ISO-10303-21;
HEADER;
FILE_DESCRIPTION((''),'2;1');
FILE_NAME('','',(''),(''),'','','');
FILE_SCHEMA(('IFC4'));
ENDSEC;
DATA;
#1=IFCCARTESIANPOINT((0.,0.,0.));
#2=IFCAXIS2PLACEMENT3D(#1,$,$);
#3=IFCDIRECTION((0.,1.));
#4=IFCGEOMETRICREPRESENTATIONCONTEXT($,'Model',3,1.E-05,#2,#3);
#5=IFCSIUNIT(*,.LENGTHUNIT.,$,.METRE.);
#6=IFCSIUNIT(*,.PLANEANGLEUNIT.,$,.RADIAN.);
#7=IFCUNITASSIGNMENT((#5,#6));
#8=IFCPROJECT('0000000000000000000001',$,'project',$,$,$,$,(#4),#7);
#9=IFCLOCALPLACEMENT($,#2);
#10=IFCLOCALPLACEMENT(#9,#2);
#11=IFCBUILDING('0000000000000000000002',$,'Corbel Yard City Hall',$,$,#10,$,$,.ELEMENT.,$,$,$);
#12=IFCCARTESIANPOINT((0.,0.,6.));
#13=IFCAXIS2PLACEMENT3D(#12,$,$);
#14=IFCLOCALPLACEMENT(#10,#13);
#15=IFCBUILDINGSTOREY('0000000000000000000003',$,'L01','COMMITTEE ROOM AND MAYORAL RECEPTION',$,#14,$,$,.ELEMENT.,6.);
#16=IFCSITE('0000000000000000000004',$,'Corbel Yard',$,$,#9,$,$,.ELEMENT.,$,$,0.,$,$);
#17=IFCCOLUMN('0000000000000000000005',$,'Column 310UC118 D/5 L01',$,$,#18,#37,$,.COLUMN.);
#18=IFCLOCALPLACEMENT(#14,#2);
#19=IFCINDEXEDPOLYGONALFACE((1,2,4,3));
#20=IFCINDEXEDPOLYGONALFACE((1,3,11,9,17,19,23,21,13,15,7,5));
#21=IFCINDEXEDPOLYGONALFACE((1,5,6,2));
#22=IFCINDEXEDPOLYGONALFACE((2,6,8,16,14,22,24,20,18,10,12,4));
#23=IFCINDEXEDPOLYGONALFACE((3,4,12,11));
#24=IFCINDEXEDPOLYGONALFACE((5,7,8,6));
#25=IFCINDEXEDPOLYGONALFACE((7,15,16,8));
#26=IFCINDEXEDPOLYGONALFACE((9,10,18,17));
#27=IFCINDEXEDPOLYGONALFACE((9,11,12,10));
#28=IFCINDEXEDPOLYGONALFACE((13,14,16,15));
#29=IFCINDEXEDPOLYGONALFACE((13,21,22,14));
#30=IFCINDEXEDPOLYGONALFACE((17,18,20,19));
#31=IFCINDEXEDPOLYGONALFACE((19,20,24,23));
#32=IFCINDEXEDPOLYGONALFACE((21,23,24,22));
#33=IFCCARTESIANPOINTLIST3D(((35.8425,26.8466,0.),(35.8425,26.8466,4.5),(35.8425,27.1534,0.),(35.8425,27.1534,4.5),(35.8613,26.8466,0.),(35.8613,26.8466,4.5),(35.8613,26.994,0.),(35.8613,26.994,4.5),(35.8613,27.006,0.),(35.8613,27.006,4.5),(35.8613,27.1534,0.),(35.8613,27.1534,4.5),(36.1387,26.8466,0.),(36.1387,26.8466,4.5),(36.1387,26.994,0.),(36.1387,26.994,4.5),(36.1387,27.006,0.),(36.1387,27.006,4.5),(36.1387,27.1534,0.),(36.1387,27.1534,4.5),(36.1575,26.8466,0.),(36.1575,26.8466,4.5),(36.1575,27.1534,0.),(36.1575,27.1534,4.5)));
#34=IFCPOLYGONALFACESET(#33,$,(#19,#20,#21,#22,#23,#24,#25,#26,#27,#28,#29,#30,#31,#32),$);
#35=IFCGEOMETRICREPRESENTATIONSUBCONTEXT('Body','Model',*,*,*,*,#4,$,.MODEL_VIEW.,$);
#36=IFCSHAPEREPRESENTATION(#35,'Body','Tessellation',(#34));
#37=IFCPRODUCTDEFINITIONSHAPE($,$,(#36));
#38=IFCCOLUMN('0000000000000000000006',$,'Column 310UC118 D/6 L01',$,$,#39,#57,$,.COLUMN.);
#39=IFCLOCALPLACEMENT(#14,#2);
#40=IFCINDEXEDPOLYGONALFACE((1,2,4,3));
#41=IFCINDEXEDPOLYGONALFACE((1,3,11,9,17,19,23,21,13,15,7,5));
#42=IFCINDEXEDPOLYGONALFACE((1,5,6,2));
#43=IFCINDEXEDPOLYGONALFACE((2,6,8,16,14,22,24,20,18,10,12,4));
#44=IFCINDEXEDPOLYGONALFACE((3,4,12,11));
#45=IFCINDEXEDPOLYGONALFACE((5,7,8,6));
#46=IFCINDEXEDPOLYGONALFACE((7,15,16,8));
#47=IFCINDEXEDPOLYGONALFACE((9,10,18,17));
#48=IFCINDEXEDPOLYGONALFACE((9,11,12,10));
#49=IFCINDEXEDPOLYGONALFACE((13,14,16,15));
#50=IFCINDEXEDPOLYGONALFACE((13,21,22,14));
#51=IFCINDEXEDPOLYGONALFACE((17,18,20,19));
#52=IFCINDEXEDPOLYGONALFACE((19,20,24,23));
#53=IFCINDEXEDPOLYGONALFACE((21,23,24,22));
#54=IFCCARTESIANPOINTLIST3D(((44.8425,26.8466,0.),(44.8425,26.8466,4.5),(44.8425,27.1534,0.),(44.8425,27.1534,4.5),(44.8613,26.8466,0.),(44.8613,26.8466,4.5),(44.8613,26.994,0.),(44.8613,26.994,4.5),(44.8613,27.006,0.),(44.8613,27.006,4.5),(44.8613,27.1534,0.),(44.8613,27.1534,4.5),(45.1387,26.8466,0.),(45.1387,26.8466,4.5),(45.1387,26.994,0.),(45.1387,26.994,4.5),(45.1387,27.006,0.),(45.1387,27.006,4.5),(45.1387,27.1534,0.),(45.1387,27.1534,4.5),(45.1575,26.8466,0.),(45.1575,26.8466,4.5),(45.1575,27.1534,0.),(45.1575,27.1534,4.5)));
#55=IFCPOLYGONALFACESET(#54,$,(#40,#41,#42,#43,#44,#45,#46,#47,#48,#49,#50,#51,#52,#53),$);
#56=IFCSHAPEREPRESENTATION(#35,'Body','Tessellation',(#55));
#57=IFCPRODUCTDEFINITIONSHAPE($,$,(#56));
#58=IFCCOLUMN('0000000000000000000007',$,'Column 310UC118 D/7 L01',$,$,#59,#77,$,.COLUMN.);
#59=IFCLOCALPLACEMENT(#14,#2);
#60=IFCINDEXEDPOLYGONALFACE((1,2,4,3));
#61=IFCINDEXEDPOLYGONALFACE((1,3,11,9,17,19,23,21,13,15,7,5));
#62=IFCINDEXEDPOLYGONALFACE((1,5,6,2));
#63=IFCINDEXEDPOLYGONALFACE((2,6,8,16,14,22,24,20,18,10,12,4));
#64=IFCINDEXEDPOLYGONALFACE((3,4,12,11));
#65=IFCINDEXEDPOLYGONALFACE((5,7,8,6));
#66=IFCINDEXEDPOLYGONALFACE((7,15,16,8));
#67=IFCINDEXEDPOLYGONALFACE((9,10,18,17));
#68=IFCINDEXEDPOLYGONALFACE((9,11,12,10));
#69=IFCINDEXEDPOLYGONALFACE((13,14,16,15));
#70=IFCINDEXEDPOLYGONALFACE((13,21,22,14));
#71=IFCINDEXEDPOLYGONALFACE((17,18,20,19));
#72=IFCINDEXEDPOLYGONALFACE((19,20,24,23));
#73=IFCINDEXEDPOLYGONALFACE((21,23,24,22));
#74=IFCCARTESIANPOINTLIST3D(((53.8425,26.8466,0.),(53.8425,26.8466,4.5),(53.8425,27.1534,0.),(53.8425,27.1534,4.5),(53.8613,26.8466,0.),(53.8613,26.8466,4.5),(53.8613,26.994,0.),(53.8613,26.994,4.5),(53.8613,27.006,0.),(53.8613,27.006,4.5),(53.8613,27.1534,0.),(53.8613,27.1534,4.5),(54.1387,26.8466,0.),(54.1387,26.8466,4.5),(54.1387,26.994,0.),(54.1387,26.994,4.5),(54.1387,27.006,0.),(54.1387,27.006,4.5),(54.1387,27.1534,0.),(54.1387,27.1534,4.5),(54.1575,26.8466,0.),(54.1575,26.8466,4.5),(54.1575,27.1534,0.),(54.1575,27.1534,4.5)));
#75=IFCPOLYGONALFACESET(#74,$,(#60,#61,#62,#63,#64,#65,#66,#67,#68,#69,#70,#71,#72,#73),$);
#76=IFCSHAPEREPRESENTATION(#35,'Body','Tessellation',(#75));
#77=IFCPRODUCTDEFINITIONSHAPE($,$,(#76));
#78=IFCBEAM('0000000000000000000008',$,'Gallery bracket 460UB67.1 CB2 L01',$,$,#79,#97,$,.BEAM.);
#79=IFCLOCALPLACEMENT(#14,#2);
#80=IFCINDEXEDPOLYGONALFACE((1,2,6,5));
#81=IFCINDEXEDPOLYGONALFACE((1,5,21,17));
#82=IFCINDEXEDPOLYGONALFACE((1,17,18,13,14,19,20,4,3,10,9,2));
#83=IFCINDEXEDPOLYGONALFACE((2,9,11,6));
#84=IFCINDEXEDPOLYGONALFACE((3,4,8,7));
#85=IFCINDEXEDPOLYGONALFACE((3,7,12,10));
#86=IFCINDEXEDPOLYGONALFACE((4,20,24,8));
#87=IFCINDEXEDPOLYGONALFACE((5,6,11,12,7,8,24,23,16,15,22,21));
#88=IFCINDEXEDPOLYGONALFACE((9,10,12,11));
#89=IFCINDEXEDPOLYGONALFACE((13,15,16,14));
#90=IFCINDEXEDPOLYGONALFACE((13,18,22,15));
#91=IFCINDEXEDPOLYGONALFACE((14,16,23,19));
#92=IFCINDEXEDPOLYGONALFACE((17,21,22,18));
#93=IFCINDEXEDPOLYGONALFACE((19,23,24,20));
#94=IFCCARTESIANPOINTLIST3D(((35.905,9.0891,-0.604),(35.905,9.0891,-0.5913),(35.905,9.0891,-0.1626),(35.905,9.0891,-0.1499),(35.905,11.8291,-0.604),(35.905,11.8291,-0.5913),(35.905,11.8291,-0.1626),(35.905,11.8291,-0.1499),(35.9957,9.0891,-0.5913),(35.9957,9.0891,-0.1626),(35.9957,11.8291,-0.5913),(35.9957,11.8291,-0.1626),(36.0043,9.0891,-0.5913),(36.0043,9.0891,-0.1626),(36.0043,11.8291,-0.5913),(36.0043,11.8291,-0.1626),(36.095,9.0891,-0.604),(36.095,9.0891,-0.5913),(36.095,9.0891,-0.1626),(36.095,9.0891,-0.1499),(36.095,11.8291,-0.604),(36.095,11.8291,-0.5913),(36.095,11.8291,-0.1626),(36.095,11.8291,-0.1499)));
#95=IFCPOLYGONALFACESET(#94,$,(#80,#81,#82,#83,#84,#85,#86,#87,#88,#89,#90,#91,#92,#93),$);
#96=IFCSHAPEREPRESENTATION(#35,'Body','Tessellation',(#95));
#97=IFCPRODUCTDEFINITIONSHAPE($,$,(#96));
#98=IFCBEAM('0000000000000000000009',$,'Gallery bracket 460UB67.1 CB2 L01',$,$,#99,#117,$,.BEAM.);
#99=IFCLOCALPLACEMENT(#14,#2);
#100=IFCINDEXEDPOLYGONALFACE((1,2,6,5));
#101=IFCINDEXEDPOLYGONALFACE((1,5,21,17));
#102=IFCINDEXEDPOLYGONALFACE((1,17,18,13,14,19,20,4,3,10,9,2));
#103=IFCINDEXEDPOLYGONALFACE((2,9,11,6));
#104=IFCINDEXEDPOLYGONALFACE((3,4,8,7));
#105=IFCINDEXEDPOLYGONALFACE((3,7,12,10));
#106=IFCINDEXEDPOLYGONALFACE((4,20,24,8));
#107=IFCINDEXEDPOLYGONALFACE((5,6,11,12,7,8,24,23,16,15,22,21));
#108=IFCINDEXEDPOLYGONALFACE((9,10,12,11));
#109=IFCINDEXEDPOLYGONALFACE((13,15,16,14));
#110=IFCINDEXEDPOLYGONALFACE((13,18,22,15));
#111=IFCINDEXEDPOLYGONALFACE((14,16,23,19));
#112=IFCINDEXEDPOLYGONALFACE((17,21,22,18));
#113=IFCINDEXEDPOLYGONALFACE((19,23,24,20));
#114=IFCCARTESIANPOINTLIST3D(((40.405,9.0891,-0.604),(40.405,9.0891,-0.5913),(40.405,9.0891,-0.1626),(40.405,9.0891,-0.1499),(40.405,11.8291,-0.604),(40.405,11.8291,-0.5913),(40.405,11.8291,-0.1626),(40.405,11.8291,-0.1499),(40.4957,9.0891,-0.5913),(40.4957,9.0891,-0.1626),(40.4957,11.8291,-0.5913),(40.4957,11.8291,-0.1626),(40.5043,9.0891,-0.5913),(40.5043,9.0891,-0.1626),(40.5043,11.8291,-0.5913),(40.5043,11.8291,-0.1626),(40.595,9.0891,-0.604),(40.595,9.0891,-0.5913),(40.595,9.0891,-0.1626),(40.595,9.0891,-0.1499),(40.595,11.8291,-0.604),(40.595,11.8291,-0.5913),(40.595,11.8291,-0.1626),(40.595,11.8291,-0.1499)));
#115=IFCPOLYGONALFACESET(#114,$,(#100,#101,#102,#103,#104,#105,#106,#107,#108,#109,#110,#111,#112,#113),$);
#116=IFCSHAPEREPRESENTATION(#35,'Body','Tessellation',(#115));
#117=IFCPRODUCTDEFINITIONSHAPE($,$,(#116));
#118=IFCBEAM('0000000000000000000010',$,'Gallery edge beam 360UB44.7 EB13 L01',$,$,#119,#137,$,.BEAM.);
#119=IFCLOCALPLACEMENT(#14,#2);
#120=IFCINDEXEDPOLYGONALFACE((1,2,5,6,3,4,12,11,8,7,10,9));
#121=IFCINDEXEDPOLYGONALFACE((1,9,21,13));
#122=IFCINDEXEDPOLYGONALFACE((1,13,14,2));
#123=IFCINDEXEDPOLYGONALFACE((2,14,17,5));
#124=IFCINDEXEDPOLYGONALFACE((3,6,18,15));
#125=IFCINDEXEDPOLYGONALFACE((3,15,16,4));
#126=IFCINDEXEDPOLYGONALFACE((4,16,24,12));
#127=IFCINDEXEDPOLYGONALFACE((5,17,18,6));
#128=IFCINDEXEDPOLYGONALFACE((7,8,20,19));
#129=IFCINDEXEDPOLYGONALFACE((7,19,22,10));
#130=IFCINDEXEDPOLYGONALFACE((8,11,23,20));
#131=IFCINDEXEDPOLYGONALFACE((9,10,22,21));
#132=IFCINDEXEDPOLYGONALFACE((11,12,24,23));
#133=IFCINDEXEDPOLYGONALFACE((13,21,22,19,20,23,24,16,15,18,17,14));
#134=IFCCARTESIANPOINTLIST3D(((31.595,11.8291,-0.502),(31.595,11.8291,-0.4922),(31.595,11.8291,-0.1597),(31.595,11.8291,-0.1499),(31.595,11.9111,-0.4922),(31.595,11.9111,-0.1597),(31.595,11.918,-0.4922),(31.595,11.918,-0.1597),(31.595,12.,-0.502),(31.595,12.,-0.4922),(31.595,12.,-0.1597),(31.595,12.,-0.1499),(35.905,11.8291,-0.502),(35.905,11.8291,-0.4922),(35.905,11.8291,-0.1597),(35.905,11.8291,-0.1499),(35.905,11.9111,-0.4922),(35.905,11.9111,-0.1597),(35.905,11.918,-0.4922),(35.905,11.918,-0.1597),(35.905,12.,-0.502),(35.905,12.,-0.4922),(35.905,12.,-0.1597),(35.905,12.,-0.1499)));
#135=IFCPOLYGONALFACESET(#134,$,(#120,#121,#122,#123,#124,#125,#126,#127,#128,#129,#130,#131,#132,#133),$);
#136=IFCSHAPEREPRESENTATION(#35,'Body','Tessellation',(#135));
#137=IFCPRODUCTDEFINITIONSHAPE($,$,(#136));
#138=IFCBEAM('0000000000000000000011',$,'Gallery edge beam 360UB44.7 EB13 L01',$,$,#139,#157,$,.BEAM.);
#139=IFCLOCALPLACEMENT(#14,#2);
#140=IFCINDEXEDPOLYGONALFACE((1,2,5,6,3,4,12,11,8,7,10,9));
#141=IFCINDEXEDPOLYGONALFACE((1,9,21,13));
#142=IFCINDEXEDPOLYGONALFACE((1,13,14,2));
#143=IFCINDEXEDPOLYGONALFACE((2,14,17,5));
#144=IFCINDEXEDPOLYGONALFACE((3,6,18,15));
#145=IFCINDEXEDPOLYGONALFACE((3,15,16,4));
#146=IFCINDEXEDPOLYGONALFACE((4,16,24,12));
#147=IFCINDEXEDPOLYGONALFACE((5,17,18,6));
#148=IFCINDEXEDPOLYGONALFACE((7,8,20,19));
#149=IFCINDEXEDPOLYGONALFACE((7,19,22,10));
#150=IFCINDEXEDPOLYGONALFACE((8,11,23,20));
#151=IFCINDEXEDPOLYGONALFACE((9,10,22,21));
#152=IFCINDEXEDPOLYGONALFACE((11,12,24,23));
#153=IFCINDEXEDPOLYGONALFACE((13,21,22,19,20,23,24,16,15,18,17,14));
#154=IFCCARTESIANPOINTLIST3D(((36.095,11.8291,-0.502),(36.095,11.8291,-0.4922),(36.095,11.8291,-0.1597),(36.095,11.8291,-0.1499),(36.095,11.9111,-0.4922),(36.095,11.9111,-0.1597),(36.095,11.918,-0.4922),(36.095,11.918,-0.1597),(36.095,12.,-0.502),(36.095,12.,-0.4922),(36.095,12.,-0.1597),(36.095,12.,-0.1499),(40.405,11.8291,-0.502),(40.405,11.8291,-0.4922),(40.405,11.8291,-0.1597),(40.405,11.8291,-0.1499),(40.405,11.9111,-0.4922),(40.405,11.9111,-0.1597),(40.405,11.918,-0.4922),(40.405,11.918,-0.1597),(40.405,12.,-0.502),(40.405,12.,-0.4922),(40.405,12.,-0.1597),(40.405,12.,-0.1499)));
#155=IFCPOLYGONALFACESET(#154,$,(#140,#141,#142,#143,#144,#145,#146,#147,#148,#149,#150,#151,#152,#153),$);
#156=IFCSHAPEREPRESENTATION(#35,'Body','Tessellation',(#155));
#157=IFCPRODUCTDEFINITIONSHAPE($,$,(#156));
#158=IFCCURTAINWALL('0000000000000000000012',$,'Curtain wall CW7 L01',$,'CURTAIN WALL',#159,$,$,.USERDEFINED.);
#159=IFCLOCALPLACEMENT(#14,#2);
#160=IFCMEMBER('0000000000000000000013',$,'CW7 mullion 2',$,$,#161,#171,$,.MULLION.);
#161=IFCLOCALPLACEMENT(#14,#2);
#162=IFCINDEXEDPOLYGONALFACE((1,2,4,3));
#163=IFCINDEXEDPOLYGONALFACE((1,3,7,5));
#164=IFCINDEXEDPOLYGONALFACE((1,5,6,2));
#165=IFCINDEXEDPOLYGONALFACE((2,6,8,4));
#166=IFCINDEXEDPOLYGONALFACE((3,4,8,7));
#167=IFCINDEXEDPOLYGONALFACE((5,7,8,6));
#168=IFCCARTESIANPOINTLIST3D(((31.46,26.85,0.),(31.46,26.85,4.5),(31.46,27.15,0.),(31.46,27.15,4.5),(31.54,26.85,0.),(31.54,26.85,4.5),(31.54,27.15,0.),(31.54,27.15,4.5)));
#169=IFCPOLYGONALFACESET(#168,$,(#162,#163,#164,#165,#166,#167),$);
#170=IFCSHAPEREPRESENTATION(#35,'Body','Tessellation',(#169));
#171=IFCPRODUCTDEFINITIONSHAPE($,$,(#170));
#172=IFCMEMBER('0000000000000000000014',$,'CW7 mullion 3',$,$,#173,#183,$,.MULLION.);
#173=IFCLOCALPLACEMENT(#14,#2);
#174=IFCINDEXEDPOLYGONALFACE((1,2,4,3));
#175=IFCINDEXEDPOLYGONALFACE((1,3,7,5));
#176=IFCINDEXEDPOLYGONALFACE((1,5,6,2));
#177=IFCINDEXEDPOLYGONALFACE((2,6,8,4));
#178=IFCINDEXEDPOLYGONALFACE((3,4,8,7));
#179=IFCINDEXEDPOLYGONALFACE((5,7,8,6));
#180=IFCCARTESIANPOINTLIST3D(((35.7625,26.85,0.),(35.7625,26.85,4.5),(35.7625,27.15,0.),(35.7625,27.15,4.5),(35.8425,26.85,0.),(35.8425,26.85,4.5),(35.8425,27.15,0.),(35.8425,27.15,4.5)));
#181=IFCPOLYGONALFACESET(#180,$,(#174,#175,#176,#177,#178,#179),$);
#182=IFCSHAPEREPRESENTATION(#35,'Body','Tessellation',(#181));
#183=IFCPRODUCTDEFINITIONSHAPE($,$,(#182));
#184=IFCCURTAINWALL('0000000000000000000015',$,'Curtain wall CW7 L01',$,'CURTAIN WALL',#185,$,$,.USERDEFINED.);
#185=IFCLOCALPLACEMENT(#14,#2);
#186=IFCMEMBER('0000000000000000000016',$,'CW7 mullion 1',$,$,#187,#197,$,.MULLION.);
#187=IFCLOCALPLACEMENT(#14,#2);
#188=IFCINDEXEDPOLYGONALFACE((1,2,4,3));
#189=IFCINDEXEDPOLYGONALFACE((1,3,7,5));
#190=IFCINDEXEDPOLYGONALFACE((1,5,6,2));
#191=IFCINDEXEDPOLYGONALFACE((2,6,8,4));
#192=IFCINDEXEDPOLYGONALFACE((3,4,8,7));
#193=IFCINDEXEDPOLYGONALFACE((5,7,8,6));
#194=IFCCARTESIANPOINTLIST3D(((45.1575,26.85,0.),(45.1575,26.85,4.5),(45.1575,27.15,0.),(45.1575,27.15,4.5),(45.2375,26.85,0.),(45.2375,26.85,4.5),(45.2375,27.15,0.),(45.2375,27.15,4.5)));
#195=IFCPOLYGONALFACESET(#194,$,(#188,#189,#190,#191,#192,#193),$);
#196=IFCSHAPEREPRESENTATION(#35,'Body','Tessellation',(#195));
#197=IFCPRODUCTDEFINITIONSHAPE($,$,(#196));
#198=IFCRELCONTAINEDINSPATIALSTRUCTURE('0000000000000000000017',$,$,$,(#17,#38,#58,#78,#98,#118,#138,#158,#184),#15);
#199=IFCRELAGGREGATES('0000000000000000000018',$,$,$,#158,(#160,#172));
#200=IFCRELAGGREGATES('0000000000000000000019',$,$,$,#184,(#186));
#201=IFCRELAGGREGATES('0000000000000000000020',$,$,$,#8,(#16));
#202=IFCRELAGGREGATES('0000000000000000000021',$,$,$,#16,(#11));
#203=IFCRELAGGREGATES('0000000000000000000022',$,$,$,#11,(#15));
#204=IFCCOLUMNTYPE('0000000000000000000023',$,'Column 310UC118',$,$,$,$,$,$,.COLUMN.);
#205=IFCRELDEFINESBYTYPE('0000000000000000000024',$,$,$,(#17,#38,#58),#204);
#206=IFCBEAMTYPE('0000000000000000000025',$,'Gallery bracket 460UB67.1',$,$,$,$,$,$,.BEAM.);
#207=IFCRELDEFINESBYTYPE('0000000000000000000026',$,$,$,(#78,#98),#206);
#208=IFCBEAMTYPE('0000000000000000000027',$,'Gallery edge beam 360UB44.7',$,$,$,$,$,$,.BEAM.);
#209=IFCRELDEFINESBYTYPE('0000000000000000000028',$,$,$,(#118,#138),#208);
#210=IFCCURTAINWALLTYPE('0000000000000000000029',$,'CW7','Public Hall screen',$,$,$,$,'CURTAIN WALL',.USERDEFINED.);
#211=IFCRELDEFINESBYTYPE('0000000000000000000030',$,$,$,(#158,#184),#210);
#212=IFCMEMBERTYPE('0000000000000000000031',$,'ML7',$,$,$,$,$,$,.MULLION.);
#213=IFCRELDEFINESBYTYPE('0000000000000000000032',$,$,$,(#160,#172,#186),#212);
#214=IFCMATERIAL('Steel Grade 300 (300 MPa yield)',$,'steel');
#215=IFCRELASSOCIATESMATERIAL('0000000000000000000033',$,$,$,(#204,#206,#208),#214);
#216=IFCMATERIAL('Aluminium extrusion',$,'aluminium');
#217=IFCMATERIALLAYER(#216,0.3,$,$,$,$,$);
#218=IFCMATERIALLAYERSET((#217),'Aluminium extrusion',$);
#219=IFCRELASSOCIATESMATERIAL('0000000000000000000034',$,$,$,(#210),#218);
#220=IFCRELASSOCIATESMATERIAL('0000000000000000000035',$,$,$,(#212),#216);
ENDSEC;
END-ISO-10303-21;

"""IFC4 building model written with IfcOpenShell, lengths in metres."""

from ifc_helpers import new_model, si_unit, direction, frame, origin, origin_2d, place, context, subcontext, project, spatial, rectangle, i_section, extrude, material, layer, layer_set, material_profile, profile_set, type_object, element, aggregate, save


model = new_model("IFC4")

# Units and contexts
model_context = context("Model", 3, precision=1e-05, world=origin(), true_north=direction((0.0, 1.0)))
body_context = subcontext(model_context, "Body", "Model", "MODEL_VIEW")
ifc_project = project(units=[si_unit("LENGTHUNIT", "METRE"), si_unit("PLANEANGLEUNIT", "RADIAN")], contexts=[model_context])

# Site, building, storey
site_placement = place(None, origin())
site = spatial("IfcSite", under=ifc_project, at=site_placement, Name="Corbel Yard", CompositionType="ELEMENT", RefElevation=0.0)
building_placement = place(site_placement, origin())
building = spatial("IfcBuilding", under=site, at=building_placement, Name="Corbel Yard City Hall", CompositionType="ELEMENT")
storey_placement = place(building_placement, frame((0.0, 0.0, 6.0)))
storey = spatial("IfcBuildingStorey", under=building, at=storey_placement, Name="L01", Description="COMMITTEE ROOM AND MAYORAL RECEPTION", CompositionType="ELEMENT", Elevation=6.0)

# Columns
ifc_material_1 = material(Name="Steel Grade 300 (300 MPa yield)", Category="steel")
ifc_material_profile_1 = material_profile(ifc_material_1, i_section(OverallWidth=0.3069, OverallDepth=0.3149, WebThickness=0.012, FlangeThickness=0.0188, at=origin_2d()), Name="310UC118")
ifc_profile_set_1 = profile_set([ifc_material_profile_1], Name="Steel Grade 300 (300 MPa yield)")
column_type = type_object("IfcColumnType", Name="Column 310UC118", PredefinedType="COLUMN", material=ifc_profile_set_1)
for number, where, z_axis, x_axis, name in (
    (1, (36.0, 27.0, 0.0), (0.0, 0.0, 1.0), (0.0, 1.0, 0.0), "Column 310UC118 D/5 L01"),
    (2, (45.0, 27.0, 0.0), (0.0, 0.0, 1.0), (0.0, 1.0, 0.0), "Column 310UC118 D/6 L01"),
    (3, (54.0, 27.0, 0.0), (0.0, 0.0, 1.0), (0.0, 1.0, 0.0), "Column 310UC118 D/7 L01"),
):
    element("IfcColumn", number, at=place(storey_placement, frame(where, z_axis=z_axis, x_axis=x_axis)), inside=storey, type_object=column_type, Name=name, PredefinedType="COLUMN", context=body_context, shape_type="SweptSolid", body=[
        extrude(i_section(OverallWidth=0.3069, OverallDepth=0.3149, WebThickness=0.012, FlangeThickness=0.0188, at=origin_2d()), origin(), (0.0, 0.0, 1.0), 4.5),
    ])

# Beams
ifc_material_profile_2 = material_profile(ifc_material_1, i_section(OverallWidth=0.1899, OverallDepth=0.4541, WebThickness=0.0085, FlangeThickness=0.0127, at=origin_2d()), Name="460UB67.1")
ifc_profile_set_2 = profile_set([ifc_material_profile_2], Name="Steel Grade 300 (300 MPa yield)")
beam_type_1 = type_object("IfcBeamType", Name="Gallery bracket 460UB67.1", PredefinedType="BEAM", material=ifc_profile_set_2)
for number, where, z_axis, x_axis, name in (
    (4, (36.0, 9.0891, -0.377), (0.0, 1.0, 0.0), (-1.0, 0.0, 0.0), "Gallery bracket 460UB67.1 CB2 L01"),
    (5, (40.5, 9.0891, -0.377), (0.0, 1.0, 0.0), (-1.0, 0.0, 0.0), "Gallery bracket 460UB67.1 CB2 L01"),
):
    element("IfcBeam", number, at=place(storey_placement, frame(where, z_axis=z_axis, x_axis=x_axis)), inside=storey, type_object=beam_type_1, Name=name, PredefinedType="BEAM", context=body_context, shape_type="SweptSolid", body=[
        extrude(i_section(OverallWidth=0.1899, OverallDepth=0.4541, WebThickness=0.0085, FlangeThickness=0.0127, at=origin_2d()), origin(), (0.0, 0.0, 1.0), 2.74),
    ])
ifc_material_profile_3 = material_profile(ifc_material_1, i_section(OverallWidth=0.1709, OverallDepth=0.3521, WebThickness=0.0068, FlangeThickness=0.0098, at=origin_2d()), Name="360UB44.7")
ifc_profile_set_3 = profile_set([ifc_material_profile_3], Name="Steel Grade 300 (300 MPa yield)")
beam_type_2 = type_object("IfcBeamType", Name="Gallery edge beam 360UB44.7", PredefinedType="BEAM", material=ifc_profile_set_3)
for number, where, z_axis, x_axis, name in (
    (6, (31.595, 11.9146, -0.3259), (1.0, 0.0, 0.0), (0.0, 1.0, 0.0), "Gallery edge beam 360UB44.7 EB13 L01"),
    (7, (36.095, 11.9146, -0.3259), (1.0, 0.0, 0.0), (0.0, 1.0, 0.0), "Gallery edge beam 360UB44.7 EB13 L01"),
):
    element("IfcBeam", number, at=place(storey_placement, frame(where, z_axis=z_axis, x_axis=x_axis)), inside=storey, type_object=beam_type_2, Name=name, PredefinedType="BEAM", context=body_context, shape_type="SweptSolid", body=[
        extrude(i_section(OverallWidth=0.1709, OverallDepth=0.3521, WebThickness=0.0068, FlangeThickness=0.0098, at=origin_2d()), origin(), (0.0, 0.0, 1.0), 4.3101),
    ])

# Curtain walls, members
ifc_material_2 = material(Name="Aluminium extrusion", Category="aluminium")
ifc_layer_1 = layer(ifc_material_2, 0.3)
ifc_layer_set_1 = layer_set([ifc_layer_1], Name="Aluminium extrusion")
curtain_wall_type_1 = type_object("IfcCurtainWallType", Name="CW7", Description="Public Hall screen", ElementType="CURTAIN WALL", PredefinedType="USERDEFINED", material=ifc_layer_set_1)
curtain_wall_1_placement = place(storey_placement, origin())
curtain_wall_1 = element("IfcCurtainWall", 8, at=curtain_wall_1_placement, inside=storey, type_object=curtain_wall_type_1, Name="Curtain wall CW7 L01", ObjectType="CURTAIN WALL", PredefinedType="USERDEFINED")
ifc_material_profile_4 = material_profile(ifc_material_2, rectangle(XDim=0.3, YDim=0.0801, at=origin_2d()), Name="300x80")
ifc_profile_set_4 = profile_set([ifc_material_profile_4], Name="Aluminium extrusion")
member_type_1 = type_object("IfcMemberType", Name="ML7", PredefinedType="MULLION", material=ifc_profile_set_4)
member_1_placement = place(storey_placement, frame((31.5, 27.0, 0.0), z_axis=(0.0, 0.0, 1.0), x_axis=(0.0, 1.0, 0.0)))
member_1 = element("IfcMember", 9, at=member_1_placement, type_object=member_type_1, Name="CW7 mullion 2", PredefinedType="MULLION", context=body_context, shape_type="SweptSolid", body=[
    extrude(rectangle(XDim=0.3, YDim=0.0801, at=origin_2d()), origin(), (0.0, 0.0, 1.0), 4.5),
])
member_2_placement = place(storey_placement, frame((35.8025, 27.0, 0.0), z_axis=(0.0, 0.0, 1.0), x_axis=(0.0, 1.0, 0.0)))
member_2 = element("IfcMember", 10, at=member_2_placement, type_object=member_type_1, Name="CW7 mullion 3", PredefinedType="MULLION", context=body_context, shape_type="SweptSolid", body=[
    extrude(rectangle(XDim=0.3, YDim=0.0801, at=origin_2d()), origin(), (0.0, 0.0, 1.0), 4.5),
])
curtain_wall_2_placement = place(storey_placement, origin())
curtain_wall_2 = element("IfcCurtainWall", 11, at=curtain_wall_2_placement, inside=storey, type_object=curtain_wall_type_1, Name="Curtain wall CW7 L01", ObjectType="CURTAIN WALL", PredefinedType="USERDEFINED")
member_3_placement = place(storey_placement, frame((45.1975, 27.0, 0.0), z_axis=(0.0, 0.0, 1.0), x_axis=(0.0, 1.0, 0.0)))
member_3 = element("IfcMember", 12, at=member_3_placement, type_object=member_type_1, Name="CW7 mullion 1", PredefinedType="MULLION", context=body_context, shape_type="SweptSolid", body=[
    extrude(rectangle(XDim=0.3, YDim=0.0801, at=origin_2d()), origin(), (0.0, 0.0, 1.0), 4.5),
])

aggregate(curtain_wall_1, [member_1, member_2])
aggregate(curtain_wall_2, [member_3])

save(model, "model.ifc")
